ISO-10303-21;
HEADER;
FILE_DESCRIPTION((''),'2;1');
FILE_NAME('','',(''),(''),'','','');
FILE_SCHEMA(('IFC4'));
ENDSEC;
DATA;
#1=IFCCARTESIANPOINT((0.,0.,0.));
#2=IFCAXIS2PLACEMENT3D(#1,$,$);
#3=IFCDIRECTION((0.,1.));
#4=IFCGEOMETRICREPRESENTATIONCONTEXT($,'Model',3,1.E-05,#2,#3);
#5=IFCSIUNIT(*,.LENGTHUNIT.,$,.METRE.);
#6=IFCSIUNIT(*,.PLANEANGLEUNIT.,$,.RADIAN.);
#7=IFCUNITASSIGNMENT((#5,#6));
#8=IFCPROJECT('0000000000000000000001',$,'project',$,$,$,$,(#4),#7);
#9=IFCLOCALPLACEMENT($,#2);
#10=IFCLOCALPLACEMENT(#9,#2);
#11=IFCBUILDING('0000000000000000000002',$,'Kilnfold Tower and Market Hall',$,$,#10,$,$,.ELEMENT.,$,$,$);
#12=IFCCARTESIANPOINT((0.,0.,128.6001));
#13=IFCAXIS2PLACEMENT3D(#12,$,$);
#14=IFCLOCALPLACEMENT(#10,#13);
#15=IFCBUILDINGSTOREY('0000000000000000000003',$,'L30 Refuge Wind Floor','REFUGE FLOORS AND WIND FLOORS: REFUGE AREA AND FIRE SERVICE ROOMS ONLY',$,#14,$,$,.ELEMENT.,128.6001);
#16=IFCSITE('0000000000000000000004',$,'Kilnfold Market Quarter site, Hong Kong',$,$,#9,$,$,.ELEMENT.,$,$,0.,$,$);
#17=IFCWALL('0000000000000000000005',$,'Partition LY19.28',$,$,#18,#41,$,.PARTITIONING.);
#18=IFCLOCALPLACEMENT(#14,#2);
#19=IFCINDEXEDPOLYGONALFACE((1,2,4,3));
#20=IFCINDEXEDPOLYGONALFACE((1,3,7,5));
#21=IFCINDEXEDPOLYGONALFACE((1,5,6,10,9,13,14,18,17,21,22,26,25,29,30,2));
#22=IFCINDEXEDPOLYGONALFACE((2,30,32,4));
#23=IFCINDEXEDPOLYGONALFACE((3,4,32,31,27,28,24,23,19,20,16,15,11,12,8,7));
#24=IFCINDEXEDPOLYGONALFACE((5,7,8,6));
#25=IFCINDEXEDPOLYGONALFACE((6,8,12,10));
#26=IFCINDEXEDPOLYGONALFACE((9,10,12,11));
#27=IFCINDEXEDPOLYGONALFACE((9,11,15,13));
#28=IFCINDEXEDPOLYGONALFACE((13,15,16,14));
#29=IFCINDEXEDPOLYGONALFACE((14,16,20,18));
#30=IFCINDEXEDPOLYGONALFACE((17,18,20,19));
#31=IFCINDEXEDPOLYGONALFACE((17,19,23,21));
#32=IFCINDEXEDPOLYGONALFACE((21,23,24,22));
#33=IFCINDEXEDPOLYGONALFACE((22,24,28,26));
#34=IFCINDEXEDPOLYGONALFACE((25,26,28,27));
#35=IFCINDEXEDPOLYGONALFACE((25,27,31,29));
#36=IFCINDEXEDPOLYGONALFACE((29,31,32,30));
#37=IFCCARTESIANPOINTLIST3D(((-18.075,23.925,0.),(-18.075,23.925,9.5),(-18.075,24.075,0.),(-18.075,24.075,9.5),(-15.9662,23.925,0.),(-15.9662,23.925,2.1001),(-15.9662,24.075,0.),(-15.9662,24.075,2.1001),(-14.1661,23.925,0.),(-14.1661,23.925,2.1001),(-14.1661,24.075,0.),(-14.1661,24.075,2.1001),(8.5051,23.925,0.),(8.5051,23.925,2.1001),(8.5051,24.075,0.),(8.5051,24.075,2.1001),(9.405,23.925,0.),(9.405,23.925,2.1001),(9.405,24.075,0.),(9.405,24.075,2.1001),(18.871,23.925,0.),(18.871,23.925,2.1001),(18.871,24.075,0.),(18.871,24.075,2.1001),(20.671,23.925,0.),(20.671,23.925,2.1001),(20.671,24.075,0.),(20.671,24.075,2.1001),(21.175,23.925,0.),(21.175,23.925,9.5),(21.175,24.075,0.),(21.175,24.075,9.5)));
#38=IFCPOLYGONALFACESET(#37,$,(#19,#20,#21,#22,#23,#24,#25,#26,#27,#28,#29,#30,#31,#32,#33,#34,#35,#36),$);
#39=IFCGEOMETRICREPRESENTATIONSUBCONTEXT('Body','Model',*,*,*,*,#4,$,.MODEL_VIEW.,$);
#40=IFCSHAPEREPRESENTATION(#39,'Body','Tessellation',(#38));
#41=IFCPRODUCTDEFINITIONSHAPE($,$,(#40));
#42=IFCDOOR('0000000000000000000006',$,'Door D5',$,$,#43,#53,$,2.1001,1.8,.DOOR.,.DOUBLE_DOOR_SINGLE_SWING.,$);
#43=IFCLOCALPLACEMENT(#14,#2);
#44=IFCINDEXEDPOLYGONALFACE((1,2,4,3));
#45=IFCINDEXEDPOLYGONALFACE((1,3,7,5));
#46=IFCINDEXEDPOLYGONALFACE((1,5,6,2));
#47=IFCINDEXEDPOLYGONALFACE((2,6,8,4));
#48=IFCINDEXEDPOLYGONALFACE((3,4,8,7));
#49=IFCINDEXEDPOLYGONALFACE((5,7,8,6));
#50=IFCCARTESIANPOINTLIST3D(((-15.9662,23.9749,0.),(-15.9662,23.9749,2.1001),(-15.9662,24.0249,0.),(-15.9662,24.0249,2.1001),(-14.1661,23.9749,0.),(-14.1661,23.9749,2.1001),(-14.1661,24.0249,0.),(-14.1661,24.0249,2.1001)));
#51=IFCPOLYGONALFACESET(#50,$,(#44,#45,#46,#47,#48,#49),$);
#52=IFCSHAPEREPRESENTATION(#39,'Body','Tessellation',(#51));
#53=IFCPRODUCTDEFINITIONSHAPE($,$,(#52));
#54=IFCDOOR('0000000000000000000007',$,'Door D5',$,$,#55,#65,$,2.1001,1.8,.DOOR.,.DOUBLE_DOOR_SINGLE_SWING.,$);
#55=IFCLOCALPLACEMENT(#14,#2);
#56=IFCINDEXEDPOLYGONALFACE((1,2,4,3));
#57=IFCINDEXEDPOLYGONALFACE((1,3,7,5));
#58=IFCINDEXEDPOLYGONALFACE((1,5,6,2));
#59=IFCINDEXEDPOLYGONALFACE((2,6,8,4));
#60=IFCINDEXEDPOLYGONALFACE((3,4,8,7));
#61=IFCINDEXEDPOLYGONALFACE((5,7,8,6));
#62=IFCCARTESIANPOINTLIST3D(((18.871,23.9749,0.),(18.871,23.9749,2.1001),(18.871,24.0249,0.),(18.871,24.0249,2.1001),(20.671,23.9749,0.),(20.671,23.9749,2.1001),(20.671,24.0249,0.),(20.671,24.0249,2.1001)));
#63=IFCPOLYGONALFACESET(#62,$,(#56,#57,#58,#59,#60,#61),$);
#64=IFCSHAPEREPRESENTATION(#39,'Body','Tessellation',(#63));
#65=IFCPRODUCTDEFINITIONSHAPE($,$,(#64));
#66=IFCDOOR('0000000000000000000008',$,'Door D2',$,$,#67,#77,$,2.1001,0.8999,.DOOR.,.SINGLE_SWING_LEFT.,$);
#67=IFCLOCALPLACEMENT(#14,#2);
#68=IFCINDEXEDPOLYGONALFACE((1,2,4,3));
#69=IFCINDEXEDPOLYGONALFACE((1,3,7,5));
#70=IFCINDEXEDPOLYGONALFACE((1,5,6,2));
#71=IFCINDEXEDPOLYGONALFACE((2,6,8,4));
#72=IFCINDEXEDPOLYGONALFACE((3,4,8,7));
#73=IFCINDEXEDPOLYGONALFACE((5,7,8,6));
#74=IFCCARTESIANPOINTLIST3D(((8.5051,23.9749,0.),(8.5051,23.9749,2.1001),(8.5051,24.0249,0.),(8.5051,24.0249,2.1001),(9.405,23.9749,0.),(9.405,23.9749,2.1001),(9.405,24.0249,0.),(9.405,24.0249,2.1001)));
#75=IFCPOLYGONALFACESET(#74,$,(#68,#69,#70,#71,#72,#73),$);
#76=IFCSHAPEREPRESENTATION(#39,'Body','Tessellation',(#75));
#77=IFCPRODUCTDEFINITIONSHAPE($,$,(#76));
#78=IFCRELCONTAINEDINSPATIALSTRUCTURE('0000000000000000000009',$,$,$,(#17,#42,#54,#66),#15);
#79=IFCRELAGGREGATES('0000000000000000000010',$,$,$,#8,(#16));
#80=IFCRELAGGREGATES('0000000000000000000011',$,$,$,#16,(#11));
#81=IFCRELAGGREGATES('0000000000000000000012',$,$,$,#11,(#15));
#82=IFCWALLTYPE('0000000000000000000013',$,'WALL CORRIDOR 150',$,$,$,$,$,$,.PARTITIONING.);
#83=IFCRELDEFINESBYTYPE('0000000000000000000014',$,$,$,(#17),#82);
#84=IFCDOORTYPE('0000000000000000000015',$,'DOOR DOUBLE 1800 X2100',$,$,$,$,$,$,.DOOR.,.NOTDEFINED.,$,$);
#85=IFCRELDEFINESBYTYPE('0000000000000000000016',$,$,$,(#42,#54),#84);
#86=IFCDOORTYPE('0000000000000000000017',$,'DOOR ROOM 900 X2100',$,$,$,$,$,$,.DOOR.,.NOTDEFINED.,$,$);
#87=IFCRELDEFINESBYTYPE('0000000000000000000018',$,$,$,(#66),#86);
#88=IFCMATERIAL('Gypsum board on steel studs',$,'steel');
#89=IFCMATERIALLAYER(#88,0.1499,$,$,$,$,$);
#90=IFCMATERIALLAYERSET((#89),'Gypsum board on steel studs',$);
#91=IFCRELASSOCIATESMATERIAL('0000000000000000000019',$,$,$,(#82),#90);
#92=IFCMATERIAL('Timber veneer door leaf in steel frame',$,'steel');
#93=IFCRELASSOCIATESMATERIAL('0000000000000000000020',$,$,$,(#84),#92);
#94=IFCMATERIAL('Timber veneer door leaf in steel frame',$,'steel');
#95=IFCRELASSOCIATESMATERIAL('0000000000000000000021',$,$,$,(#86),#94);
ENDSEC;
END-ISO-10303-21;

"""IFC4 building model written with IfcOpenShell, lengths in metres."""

from ifc_helpers import new_model, si_unit, direction, frame, frame_2d, origin, place, context, subcontext, project, spatial, rectangle, extrude, material, layer, layer_set, type_object, element, fill, save


model = new_model("IFC4")

# Units and contexts
model_context = context("Model", 3, precision=1e-05, world=origin(), true_north=direction((0.0, 1.0)))
body_context = subcontext(model_context, "Body", "Model", "MODEL_VIEW")
ifc_project = project(units=[si_unit("LENGTHUNIT", "METRE"), si_unit("PLANEANGLEUNIT", "RADIAN")], contexts=[model_context])

# Site, building, storey
site_placement = place(None, origin())
site = spatial("IfcSite", under=ifc_project, at=site_placement, Name="Kilnfold Market Quarter site, Hong Kong", CompositionType="ELEMENT", RefElevation=0.0)
building_placement = place(site_placement, origin())
building = spatial("IfcBuilding", under=site, at=building_placement, Name="Kilnfold Tower and Market Hall", CompositionType="ELEMENT")
storey_placement = place(building_placement, frame((0.0, 0.0, 128.6001)))
storey = spatial("IfcBuildingStorey", under=building, at=storey_placement, Name="L30 Refuge Wind Floor", Description="REFUGE FLOORS AND WIND FLOORS: REFUGE AREA AND FIRE SERVICE ROOMS ONLY", CompositionType="ELEMENT", Elevation=128.6001)

# Wall, openings, doors
ifc_material_1 = material(Name="Gypsum board on steel studs", Category="steel")
ifc_layer_1 = layer(ifc_material_1, 0.1499)
ifc_layer_set_1 = layer_set([ifc_layer_1], Name="Gypsum board on steel studs")
wall_type_1 = type_object("IfcWallType", Name="WALL CORRIDOR 150", PredefinedType="PARTITIONING", material=ifc_layer_set_1)
wall_1_placement = place(storey_placement, frame((-18.075, 24.0, 0.0), z_axis=(0.0, 0.0, 1.0), x_axis=(1.0, 0.0, 0.0)))
wall_1 = element("IfcWall", 1, at=wall_1_placement, inside=storey, type_object=wall_type_1, Name="Partition LY19.28", PredefinedType="PARTITIONING", context=body_context, shape_type="SweptSolid", body=[
    extrude(rectangle(XDim=39.25, YDim=0.1499, at=frame_2d((19.625, 0.0))), origin(), (0.0, 0.0, 1.0), 9.5),
])
opening_1_placement = place(wall_1_placement, frame((2.1089, 0.0, 0.0)))
opening_1 = element("IfcOpeningElement", 2, at=opening_1_placement, cuts=wall_1, PredefinedType="OPENING", context=body_context, shape_type="SweptSolid", body=[
    extrude(rectangle(XDim=1.8, YDim=2.1001, at=frame_2d((0.8999, 1.05))), frame((0.0, 0.085, 0.0), z_axis=(0.0, -1.0, 0.0), x_axis=(1.0, 0.0, 0.0)), (0.0, 0.0, 1.0), 0.1699),
])
opening_2_placement = place(wall_1_placement, frame((26.5801, 0.0, 0.0)))
opening_2 = element("IfcOpeningElement", 3, at=opening_2_placement, cuts=wall_1, PredefinedType="OPENING", context=body_context, shape_type="SweptSolid", body=[
    extrude(rectangle(XDim=0.8999, YDim=2.1001, at=frame_2d((0.45, 1.05))), frame((0.0, 0.085, 0.0), z_axis=(0.0, -1.0, 0.0), x_axis=(1.0, 0.0, 0.0)), (0.0, 0.0, 1.0), 0.1699),
])
opening_3_placement = place(wall_1_placement, frame((36.946, 0.0, 0.0)))
opening_3 = element("IfcOpeningElement", 4, at=opening_3_placement, cuts=wall_1, PredefinedType="OPENING", context=body_context, shape_type="SweptSolid", body=[
    extrude(rectangle(XDim=1.8, YDim=2.1001, at=frame_2d((0.8999, 1.05))), frame((0.0, 0.085, 0.0), z_axis=(0.0, -1.0, 0.0), x_axis=(1.0, 0.0, 0.0)), (0.0, 0.0, 1.0), 0.1699),
])
ifc_material_2 = material(Name="Timber veneer door leaf in steel frame", Category="steel")
door_type_1 = type_object("IfcDoorType", Name="DOOR DOUBLE 1800 X2100", OperationType="NOTDEFINED", PredefinedType="DOOR", material=ifc_material_2)
door_1_placement = place(opening_1_placement, origin())
door_1 = element("IfcDoor", 5, at=door_1_placement, inside=storey, type_object=door_type_1, Name="Door D5", OperationType="DOUBLE_DOOR_SINGLE_SWING", OverallHeight=2.1001, OverallWidth=1.8, PredefinedType="DOOR", context=body_context, shape_type="SweptSolid", body=[
    extrude(rectangle(XDim=1.8, YDim=2.1001, at=frame_2d((0.8999, 1.05))), frame((0.0, 0.0249, 0.0), z_axis=(0.0, -1.0, 0.0), x_axis=(1.0, 0.0, 0.0)), (0.0, 0.0, 1.0), 0.05),
])
fill(opening_1, door_1)
door_2_placement = place(opening_3_placement, origin())
door_2 = element("IfcDoor", 6, at=door_2_placement, inside=storey, type_object=door_type_1, Name="Door D5", OperationType="DOUBLE_DOOR_SINGLE_SWING", OverallHeight=2.1001, OverallWidth=1.8, PredefinedType="DOOR", context=body_context, shape_type="SweptSolid", body=[
    extrude(rectangle(XDim=1.8, YDim=2.1001, at=frame_2d((0.8999, 1.05))), frame((0.0, 0.0249, 0.0), z_axis=(0.0, -1.0, 0.0), x_axis=(1.0, 0.0, 0.0)), (0.0, 0.0, 1.0), 0.05),
])
fill(opening_3, door_2)
ifc_material_3 = material(Name="Timber veneer door leaf in steel frame", Category="steel")
door_type_2 = type_object("IfcDoorType", Name="DOOR ROOM 900 X2100", OperationType="NOTDEFINED", PredefinedType="DOOR", material=ifc_material_3)
door_3_placement = place(opening_2_placement, origin())
door_3 = element("IfcDoor", 7, at=door_3_placement, inside=storey, type_object=door_type_2, Name="Door D2", OperationType="SINGLE_SWING_LEFT", OverallHeight=2.1001, OverallWidth=0.8999, PredefinedType="DOOR", context=body_context, shape_type="SweptSolid", body=[
    extrude(rectangle(XDim=0.8999, YDim=2.1001, at=frame_2d((0.45, 1.05))), frame((0.0, 0.0249, 0.0), z_axis=(0.0, -1.0, 0.0), x_axis=(1.0, 0.0, 0.0)), (0.0, 0.0, 1.0), 0.05),
])
fill(opening_2, door_3)

save(model, "model.ifc")
